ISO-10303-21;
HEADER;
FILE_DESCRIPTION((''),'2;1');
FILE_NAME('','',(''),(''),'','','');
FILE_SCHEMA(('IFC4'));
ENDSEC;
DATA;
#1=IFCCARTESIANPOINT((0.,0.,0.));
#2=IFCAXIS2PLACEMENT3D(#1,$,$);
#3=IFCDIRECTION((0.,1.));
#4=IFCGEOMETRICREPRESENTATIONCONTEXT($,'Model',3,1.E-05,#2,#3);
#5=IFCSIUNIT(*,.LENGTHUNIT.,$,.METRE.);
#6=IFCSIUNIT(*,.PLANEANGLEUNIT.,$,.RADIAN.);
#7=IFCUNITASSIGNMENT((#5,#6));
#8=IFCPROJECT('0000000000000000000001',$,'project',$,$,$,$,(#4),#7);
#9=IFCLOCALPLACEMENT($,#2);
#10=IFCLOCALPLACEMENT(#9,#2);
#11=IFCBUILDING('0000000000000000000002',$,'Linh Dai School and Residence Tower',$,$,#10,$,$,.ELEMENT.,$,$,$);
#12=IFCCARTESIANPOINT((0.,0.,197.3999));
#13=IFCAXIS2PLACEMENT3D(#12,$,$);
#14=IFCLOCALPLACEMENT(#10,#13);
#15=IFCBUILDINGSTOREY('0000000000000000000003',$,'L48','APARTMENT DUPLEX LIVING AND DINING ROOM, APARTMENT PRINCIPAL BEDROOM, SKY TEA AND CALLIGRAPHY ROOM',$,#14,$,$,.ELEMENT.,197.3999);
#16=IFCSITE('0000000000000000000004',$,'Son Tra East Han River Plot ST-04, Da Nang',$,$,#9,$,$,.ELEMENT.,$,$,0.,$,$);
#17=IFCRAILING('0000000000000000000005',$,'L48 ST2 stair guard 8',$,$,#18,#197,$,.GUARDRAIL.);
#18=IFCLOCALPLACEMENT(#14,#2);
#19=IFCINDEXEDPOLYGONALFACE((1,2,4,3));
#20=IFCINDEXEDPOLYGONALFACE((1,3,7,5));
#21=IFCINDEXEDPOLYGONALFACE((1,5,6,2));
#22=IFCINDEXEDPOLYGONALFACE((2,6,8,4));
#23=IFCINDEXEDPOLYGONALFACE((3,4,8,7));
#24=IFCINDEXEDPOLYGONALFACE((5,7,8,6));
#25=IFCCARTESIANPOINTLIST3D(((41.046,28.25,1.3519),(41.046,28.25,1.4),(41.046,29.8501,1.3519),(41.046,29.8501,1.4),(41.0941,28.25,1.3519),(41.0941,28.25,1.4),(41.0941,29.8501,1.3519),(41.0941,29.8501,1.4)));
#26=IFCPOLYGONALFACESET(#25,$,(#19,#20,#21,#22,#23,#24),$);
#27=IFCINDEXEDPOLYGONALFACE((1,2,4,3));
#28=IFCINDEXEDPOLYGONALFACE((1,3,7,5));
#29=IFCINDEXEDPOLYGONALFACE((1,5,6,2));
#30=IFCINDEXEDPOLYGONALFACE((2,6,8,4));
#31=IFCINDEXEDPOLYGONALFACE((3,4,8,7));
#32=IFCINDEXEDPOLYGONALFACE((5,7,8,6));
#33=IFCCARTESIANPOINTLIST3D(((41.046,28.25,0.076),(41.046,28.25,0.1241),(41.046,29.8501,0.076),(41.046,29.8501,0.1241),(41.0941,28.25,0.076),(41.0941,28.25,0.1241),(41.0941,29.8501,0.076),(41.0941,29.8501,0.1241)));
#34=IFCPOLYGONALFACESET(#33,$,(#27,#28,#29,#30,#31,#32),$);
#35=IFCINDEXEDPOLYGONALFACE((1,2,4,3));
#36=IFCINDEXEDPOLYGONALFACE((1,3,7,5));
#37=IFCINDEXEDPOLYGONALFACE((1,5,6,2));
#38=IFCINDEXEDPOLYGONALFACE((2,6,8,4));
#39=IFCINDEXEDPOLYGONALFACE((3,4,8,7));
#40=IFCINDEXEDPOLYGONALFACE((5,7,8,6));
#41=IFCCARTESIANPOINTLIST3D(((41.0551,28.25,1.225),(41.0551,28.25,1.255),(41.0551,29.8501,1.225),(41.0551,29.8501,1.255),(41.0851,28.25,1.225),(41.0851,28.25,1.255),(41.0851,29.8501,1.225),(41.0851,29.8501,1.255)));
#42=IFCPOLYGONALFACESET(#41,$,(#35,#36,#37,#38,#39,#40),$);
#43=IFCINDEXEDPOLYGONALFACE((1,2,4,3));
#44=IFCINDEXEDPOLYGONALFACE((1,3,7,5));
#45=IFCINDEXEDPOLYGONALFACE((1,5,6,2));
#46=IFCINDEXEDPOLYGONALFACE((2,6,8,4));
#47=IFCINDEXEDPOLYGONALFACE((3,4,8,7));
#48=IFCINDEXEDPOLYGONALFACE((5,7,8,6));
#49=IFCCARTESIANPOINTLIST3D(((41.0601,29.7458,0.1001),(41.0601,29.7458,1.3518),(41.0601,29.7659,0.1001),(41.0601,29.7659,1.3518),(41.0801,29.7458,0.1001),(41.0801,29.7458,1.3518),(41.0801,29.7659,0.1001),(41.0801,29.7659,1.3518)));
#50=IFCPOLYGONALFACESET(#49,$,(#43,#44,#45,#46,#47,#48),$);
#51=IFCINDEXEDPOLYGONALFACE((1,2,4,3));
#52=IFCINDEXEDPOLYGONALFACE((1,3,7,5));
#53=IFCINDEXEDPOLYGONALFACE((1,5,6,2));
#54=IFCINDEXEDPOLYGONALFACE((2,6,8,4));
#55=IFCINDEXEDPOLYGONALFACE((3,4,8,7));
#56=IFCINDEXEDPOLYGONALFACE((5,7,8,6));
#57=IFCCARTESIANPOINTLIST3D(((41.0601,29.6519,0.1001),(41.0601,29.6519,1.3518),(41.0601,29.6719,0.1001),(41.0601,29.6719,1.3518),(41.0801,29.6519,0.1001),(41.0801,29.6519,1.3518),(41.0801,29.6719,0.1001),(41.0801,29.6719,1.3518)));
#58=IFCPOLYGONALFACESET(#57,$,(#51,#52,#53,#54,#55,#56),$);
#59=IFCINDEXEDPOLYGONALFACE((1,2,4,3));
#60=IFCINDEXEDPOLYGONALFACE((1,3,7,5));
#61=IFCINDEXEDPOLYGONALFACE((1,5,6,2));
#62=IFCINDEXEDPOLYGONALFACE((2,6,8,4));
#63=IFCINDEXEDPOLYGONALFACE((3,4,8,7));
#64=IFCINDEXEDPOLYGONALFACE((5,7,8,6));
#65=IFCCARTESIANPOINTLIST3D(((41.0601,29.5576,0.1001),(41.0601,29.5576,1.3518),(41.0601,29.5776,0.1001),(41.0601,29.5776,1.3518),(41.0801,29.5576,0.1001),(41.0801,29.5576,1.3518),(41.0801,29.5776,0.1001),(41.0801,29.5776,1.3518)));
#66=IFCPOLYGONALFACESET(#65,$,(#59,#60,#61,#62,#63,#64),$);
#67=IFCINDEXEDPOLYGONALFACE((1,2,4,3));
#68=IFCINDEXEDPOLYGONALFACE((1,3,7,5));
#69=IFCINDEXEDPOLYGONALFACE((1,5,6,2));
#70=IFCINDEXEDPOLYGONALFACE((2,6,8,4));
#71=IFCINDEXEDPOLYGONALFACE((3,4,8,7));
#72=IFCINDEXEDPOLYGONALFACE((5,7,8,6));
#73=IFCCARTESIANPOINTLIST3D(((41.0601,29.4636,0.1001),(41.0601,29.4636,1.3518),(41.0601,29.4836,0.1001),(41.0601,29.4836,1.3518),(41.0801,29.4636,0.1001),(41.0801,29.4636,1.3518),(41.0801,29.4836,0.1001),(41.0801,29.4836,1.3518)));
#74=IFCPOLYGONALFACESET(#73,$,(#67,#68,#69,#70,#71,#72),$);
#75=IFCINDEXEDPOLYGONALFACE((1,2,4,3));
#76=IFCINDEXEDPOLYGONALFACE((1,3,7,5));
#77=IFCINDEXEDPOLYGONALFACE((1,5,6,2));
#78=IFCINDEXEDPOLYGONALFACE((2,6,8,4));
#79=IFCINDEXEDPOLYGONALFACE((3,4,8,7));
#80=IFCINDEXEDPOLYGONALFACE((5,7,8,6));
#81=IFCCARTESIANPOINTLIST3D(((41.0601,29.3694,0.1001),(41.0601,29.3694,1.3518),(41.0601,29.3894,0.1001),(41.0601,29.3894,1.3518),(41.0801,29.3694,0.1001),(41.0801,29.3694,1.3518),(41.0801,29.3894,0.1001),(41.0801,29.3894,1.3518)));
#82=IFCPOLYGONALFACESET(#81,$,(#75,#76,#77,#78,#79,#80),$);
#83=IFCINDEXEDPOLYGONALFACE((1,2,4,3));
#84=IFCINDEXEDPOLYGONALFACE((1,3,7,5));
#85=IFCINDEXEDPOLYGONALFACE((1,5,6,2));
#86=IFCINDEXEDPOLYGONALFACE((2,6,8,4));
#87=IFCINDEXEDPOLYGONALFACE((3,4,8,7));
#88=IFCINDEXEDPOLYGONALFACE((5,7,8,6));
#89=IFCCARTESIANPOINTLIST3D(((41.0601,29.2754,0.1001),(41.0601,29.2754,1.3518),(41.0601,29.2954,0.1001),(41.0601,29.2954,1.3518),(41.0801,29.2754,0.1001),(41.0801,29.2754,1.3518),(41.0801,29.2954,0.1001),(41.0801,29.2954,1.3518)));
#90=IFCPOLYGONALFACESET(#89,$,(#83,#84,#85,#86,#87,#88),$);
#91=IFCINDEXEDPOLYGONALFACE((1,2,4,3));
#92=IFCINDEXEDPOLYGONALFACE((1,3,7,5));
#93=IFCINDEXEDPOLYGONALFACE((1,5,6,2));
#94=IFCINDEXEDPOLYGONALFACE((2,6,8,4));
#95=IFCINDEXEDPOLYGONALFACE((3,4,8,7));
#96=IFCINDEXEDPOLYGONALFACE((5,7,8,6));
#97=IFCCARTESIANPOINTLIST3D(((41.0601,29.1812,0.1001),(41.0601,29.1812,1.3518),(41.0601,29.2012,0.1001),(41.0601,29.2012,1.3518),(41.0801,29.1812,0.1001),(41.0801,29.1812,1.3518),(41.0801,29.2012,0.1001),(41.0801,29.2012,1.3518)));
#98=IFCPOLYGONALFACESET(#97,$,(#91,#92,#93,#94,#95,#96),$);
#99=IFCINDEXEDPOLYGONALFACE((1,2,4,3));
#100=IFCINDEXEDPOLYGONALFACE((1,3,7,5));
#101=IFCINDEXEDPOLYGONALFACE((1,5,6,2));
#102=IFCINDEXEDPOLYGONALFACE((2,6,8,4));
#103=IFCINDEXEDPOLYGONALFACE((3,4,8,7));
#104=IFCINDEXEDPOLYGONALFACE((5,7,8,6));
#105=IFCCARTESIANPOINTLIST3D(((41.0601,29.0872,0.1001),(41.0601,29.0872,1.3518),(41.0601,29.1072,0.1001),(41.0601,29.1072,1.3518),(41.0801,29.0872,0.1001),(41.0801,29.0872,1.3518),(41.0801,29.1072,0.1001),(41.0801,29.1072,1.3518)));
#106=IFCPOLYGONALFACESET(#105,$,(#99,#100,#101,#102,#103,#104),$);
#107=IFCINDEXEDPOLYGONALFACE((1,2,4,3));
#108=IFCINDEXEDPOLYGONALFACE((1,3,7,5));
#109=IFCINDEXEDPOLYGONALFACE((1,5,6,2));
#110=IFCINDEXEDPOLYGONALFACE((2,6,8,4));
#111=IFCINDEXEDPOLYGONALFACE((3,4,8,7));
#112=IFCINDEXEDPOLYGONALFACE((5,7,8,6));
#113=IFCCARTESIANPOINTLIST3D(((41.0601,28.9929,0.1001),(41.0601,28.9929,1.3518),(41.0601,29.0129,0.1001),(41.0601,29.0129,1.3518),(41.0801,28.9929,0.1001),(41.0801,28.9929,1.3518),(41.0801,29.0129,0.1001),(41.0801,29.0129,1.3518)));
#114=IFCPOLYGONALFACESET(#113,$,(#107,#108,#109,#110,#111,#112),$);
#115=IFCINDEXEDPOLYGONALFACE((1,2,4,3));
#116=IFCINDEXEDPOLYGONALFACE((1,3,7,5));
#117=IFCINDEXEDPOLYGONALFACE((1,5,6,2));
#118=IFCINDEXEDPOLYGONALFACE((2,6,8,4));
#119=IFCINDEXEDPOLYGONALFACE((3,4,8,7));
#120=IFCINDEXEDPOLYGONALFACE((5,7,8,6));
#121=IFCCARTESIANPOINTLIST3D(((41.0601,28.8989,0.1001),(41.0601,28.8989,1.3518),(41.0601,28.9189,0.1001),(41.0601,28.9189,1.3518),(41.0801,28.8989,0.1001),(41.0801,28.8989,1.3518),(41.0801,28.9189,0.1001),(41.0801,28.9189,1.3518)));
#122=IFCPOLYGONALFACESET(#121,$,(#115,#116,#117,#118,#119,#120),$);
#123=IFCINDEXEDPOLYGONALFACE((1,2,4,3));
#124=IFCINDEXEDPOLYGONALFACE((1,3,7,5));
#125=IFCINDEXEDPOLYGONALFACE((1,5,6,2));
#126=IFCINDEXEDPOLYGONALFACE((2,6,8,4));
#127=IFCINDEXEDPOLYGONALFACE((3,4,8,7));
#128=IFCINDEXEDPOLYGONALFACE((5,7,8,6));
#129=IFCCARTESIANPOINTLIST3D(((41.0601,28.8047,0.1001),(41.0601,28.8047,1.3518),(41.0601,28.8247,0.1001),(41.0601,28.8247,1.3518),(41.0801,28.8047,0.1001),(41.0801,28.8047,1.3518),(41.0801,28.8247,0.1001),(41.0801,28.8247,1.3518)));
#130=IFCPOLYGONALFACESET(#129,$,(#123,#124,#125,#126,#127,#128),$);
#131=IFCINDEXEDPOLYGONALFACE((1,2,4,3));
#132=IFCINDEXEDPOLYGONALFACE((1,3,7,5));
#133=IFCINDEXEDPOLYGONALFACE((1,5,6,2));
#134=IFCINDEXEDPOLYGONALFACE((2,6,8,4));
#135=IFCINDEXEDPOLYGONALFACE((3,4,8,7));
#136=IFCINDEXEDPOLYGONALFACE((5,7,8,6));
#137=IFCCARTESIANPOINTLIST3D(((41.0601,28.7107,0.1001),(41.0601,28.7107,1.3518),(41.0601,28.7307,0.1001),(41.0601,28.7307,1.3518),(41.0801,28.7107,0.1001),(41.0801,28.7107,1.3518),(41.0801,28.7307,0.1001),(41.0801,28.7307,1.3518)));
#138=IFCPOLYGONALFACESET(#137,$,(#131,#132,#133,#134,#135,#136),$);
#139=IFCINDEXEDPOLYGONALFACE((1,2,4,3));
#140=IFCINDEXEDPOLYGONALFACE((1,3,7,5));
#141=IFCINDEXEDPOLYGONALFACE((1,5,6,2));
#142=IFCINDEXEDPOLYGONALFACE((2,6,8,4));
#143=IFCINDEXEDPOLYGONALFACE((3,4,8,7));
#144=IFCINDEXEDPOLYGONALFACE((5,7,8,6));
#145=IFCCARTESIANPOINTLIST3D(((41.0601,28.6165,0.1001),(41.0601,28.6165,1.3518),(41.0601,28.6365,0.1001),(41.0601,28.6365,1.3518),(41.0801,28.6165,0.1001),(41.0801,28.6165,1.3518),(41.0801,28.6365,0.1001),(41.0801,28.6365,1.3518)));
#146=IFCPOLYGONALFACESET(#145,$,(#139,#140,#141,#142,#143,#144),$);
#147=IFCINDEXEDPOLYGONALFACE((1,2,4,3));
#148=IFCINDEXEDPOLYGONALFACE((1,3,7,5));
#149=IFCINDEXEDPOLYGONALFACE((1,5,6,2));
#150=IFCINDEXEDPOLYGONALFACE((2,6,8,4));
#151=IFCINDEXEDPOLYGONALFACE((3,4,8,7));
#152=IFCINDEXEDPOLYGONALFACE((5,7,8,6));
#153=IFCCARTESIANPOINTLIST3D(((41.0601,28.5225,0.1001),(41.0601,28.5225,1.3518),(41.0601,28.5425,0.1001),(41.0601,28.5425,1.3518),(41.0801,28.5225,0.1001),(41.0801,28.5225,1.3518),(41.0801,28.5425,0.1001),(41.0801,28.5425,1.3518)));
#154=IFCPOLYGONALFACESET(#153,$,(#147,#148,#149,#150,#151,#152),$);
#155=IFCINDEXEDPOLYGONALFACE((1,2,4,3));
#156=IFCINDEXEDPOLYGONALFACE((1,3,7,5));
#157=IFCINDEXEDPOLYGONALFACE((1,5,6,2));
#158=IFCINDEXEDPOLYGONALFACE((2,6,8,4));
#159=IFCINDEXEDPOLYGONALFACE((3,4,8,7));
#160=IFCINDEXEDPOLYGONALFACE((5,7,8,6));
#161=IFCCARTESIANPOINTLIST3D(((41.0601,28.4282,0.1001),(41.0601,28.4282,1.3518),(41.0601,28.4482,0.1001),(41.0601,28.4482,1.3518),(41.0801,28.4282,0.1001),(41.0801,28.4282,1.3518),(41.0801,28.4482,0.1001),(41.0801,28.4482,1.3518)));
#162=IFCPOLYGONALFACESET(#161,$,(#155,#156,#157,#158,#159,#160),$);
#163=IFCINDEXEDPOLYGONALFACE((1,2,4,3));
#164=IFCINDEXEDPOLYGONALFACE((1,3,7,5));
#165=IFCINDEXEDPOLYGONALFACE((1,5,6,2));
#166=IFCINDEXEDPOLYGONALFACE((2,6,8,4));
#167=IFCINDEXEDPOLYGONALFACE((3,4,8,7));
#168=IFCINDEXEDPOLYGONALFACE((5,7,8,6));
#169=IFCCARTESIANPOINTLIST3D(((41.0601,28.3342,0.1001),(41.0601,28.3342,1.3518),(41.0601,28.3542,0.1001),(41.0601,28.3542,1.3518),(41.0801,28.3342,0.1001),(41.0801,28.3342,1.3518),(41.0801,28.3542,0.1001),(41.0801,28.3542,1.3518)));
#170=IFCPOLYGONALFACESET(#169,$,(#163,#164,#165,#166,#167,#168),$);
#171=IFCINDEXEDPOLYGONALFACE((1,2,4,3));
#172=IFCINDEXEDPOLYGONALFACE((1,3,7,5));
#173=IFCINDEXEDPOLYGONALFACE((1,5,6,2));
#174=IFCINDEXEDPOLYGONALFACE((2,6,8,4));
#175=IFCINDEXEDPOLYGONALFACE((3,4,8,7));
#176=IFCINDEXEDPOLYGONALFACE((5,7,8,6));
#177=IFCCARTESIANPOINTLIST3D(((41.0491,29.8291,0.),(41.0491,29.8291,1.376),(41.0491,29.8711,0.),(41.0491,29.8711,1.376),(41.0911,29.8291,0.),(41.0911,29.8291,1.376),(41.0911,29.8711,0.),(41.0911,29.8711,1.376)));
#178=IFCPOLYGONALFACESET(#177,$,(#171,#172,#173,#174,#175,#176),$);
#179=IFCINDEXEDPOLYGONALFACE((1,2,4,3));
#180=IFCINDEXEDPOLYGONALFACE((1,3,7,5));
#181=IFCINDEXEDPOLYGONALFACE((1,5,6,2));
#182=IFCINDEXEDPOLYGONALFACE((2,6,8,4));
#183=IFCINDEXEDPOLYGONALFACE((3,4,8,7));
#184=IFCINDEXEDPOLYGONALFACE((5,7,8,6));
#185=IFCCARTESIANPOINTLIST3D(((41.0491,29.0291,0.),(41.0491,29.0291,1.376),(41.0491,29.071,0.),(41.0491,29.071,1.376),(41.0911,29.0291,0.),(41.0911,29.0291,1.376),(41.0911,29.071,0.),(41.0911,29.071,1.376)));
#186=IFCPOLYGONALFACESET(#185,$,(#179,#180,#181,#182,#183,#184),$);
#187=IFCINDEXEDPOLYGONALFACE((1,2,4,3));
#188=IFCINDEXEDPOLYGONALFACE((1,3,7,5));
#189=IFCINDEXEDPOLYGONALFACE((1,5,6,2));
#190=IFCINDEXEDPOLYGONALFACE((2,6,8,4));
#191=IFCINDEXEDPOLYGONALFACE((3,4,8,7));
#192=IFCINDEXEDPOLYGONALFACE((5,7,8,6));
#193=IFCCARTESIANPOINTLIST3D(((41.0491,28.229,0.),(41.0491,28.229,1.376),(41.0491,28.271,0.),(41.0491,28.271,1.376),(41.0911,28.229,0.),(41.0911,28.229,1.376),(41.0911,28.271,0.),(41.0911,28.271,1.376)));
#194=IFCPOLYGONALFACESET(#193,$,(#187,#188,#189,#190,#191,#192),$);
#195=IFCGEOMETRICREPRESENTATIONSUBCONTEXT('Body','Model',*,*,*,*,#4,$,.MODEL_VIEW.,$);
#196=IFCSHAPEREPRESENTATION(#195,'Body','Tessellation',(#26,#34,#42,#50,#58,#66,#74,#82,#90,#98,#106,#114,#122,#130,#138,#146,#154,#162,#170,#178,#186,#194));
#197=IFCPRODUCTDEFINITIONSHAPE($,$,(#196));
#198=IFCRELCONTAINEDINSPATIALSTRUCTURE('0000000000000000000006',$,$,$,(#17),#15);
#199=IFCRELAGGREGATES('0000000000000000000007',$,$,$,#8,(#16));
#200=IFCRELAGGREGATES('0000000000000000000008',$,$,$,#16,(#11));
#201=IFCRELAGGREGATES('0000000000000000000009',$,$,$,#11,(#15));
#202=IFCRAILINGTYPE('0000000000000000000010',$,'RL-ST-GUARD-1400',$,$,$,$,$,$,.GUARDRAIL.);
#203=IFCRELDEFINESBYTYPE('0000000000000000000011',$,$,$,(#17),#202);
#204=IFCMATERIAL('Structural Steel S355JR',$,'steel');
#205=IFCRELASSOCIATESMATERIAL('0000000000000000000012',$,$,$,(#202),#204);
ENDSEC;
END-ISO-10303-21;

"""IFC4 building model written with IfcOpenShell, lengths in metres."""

from ifc_helpers import new_model, si_unit, direction, frame, origin, origin_2d, place, context, subcontext, project, spatial, rectangle, extrude, source, transform, mapped, material, type_object, element, save


model = new_model("IFC4")

# Units and contexts
model_context = context("Model", 3, precision=1e-05, world=origin(), true_north=direction((0.0, 1.0)))
body_context = subcontext(model_context, "Body", "Model", "MODEL_VIEW")
ifc_project = project(units=[si_unit("LENGTHUNIT", "METRE"), si_unit("PLANEANGLEUNIT", "RADIAN")], contexts=[model_context])

# Site, building, storey
site_placement = place(None, origin())
site = spatial("IfcSite", under=ifc_project, at=site_placement, Name="Son Tra East Han River Plot ST-04, Da Nang", CompositionType="ELEMENT", RefElevation=0.0)
building_placement = place(site_placement, origin())
building = spatial("IfcBuilding", under=site, at=building_placement, Name="Linh Dai School and Residence Tower", CompositionType="ELEMENT")
storey_placement = place(building_placement, frame((0.0, 0.0, 197.3999)))
storey = spatial("IfcBuildingStorey", under=building, at=storey_placement, Name="L48", Description="APARTMENT DUPLEX LIVING AND DINING ROOM, APARTMENT PRINCIPAL BEDROOM, SKY TEA AND CALLIGRAPHY ROOM", CompositionType="ELEMENT", Elevation=197.3999)

# Shared definitions
ifc_material_1 = material(Name="Structural Steel S355JR", Category="steel")

# Railing
railing_type_1 = type_object("IfcRailingType", Name="RL-ST-GUARD-1400", PredefinedType="GUARDRAIL", material=ifc_material_1)
shared_shape_1 = source(origin(), body_context, "Body", "SweptSolid", [
    extrude(rectangle(XDim=0.0481, YDim=0.0481, at=origin_2d()), frame((0.0, 0.0, 1.376), z_axis=(0.0, -1.0, 0.0), x_axis=(1.0, 0.0, 0.0)), (0.0, 0.0, 1.0), 1.6001),
    extrude(rectangle(XDim=0.0481, YDim=0.0481, at=origin_2d()), frame((0.0, 0.0, 0.1001), z_axis=(0.0, -1.0, 0.0), x_axis=(1.0, 0.0, 0.0)), (0.0, 0.0, 1.0), 1.6001),
    extrude(rectangle(XDim=0.03, YDim=0.03, at=origin_2d()), frame((0.0, 0.0, 1.24), z_axis=(0.0, -1.0, 0.0), x_axis=(1.0, 0.0, 0.0)), (0.0, 0.0, 1.0), 1.6001),
    extrude(rectangle(XDim=0.02, YDim=0.02, at=origin_2d()), frame((0.0, -0.0942, 0.1001)), (0.0, 0.0, 1.0), 1.2517),
    extrude(rectangle(XDim=0.02, YDim=0.02, at=origin_2d()), frame((0.0, -0.1882, 0.1001)), (0.0, 0.0, 1.0), 1.2517),
    extrude(rectangle(XDim=0.02, YDim=0.02, at=origin_2d()), frame((0.0, -0.2825, 0.1001)), (0.0, 0.0, 1.0), 1.2517),
    extrude(rectangle(XDim=0.02, YDim=0.02, at=origin_2d()), frame((0.0, -0.3765, 0.1001)), (0.0, 0.0, 1.0), 1.2517),
    extrude(rectangle(XDim=0.02, YDim=0.02, at=origin_2d()), frame((0.0, -0.4707, 0.1001)), (0.0, 0.0, 1.0), 1.2517),
    extrude(rectangle(XDim=0.02, YDim=0.02, at=origin_2d()), frame((0.0, -0.5647, 0.1001)), (0.0, 0.0, 1.0), 1.2517),
    extrude(rectangle(XDim=0.02, YDim=0.02, at=origin_2d()), frame((0.0, -0.6589, 0.1001)), (0.0, 0.0, 1.0), 1.2517),
    extrude(rectangle(XDim=0.02, YDim=0.02, at=origin_2d()), frame((0.0, -0.7529, 0.1001)), (0.0, 0.0, 1.0), 1.2517),
    extrude(rectangle(XDim=0.02, YDim=0.02, at=origin_2d()), frame((0.0, -0.8472, 0.1001)), (0.0, 0.0, 1.0), 1.2517),
    extrude(rectangle(XDim=0.02, YDim=0.02, at=origin_2d()), frame((0.0, -0.9412, 0.1001)), (0.0, 0.0, 1.0), 1.2517),
    extrude(rectangle(XDim=0.02, YDim=0.02, at=origin_2d()), frame((0.0, -1.0354, 0.1001)), (0.0, 0.0, 1.0), 1.2517),
    extrude(rectangle(XDim=0.02, YDim=0.02, at=origin_2d()), frame((0.0, -1.1294, 0.1001)), (0.0, 0.0, 1.0), 1.2517),
    extrude(rectangle(XDim=0.02, YDim=0.02, at=origin_2d()), frame((0.0, -1.2236, 0.1001)), (0.0, 0.0, 1.0), 1.2517),
    extrude(rectangle(XDim=0.02, YDim=0.02, at=origin_2d()), frame((0.0, -1.3176, 0.1001)), (0.0, 0.0, 1.0), 1.2517),
    extrude(rectangle(XDim=0.02, YDim=0.02, at=origin_2d()), frame((0.0, -1.4119, 0.1001)), (0.0, 0.0, 1.0), 1.2517),
    extrude(rectangle(XDim=0.02, YDim=0.02, at=origin_2d()), frame((0.0, -1.5059, 0.1001)), (0.0, 0.0, 1.0), 1.2517),
    extrude(rectangle(XDim=0.042, YDim=0.042, at=origin_2d()), origin(), (0.0, 0.0, 1.0), 1.376),
    extrude(rectangle(XDim=0.042, YDim=0.042, at=origin_2d()), frame((0.0, -0.8, 0.0)), (0.0, 0.0, 1.0), 1.376),
    extrude(rectangle(XDim=0.042, YDim=0.042, at=origin_2d()), frame((0.0, -1.6001, 0.0)), (0.0, 0.0, 1.0), 1.376),
])
for number, where, name in (
    (1, (41.0701, 29.8501, 0.0), "L48 ST2 stair guard 8"),
):
    element("IfcRailing", number, at=place(storey_placement, frame(where)), inside=storey, type_object=railing_type_1, Name=name, PredefinedType="GUARDRAIL", context=body_context, shape_type="MappedRepresentation", body=[
        mapped(shared_shape_1, transform((0.0, 0.0, 0.0), x_axis=(1.0, 0.0, 0.0), y_axis=(0.0, 1.0, 0.0), z_axis=(0.0, 0.0, 1.0), scale=1.0)),
    ])

save(model, "model.ifc")
